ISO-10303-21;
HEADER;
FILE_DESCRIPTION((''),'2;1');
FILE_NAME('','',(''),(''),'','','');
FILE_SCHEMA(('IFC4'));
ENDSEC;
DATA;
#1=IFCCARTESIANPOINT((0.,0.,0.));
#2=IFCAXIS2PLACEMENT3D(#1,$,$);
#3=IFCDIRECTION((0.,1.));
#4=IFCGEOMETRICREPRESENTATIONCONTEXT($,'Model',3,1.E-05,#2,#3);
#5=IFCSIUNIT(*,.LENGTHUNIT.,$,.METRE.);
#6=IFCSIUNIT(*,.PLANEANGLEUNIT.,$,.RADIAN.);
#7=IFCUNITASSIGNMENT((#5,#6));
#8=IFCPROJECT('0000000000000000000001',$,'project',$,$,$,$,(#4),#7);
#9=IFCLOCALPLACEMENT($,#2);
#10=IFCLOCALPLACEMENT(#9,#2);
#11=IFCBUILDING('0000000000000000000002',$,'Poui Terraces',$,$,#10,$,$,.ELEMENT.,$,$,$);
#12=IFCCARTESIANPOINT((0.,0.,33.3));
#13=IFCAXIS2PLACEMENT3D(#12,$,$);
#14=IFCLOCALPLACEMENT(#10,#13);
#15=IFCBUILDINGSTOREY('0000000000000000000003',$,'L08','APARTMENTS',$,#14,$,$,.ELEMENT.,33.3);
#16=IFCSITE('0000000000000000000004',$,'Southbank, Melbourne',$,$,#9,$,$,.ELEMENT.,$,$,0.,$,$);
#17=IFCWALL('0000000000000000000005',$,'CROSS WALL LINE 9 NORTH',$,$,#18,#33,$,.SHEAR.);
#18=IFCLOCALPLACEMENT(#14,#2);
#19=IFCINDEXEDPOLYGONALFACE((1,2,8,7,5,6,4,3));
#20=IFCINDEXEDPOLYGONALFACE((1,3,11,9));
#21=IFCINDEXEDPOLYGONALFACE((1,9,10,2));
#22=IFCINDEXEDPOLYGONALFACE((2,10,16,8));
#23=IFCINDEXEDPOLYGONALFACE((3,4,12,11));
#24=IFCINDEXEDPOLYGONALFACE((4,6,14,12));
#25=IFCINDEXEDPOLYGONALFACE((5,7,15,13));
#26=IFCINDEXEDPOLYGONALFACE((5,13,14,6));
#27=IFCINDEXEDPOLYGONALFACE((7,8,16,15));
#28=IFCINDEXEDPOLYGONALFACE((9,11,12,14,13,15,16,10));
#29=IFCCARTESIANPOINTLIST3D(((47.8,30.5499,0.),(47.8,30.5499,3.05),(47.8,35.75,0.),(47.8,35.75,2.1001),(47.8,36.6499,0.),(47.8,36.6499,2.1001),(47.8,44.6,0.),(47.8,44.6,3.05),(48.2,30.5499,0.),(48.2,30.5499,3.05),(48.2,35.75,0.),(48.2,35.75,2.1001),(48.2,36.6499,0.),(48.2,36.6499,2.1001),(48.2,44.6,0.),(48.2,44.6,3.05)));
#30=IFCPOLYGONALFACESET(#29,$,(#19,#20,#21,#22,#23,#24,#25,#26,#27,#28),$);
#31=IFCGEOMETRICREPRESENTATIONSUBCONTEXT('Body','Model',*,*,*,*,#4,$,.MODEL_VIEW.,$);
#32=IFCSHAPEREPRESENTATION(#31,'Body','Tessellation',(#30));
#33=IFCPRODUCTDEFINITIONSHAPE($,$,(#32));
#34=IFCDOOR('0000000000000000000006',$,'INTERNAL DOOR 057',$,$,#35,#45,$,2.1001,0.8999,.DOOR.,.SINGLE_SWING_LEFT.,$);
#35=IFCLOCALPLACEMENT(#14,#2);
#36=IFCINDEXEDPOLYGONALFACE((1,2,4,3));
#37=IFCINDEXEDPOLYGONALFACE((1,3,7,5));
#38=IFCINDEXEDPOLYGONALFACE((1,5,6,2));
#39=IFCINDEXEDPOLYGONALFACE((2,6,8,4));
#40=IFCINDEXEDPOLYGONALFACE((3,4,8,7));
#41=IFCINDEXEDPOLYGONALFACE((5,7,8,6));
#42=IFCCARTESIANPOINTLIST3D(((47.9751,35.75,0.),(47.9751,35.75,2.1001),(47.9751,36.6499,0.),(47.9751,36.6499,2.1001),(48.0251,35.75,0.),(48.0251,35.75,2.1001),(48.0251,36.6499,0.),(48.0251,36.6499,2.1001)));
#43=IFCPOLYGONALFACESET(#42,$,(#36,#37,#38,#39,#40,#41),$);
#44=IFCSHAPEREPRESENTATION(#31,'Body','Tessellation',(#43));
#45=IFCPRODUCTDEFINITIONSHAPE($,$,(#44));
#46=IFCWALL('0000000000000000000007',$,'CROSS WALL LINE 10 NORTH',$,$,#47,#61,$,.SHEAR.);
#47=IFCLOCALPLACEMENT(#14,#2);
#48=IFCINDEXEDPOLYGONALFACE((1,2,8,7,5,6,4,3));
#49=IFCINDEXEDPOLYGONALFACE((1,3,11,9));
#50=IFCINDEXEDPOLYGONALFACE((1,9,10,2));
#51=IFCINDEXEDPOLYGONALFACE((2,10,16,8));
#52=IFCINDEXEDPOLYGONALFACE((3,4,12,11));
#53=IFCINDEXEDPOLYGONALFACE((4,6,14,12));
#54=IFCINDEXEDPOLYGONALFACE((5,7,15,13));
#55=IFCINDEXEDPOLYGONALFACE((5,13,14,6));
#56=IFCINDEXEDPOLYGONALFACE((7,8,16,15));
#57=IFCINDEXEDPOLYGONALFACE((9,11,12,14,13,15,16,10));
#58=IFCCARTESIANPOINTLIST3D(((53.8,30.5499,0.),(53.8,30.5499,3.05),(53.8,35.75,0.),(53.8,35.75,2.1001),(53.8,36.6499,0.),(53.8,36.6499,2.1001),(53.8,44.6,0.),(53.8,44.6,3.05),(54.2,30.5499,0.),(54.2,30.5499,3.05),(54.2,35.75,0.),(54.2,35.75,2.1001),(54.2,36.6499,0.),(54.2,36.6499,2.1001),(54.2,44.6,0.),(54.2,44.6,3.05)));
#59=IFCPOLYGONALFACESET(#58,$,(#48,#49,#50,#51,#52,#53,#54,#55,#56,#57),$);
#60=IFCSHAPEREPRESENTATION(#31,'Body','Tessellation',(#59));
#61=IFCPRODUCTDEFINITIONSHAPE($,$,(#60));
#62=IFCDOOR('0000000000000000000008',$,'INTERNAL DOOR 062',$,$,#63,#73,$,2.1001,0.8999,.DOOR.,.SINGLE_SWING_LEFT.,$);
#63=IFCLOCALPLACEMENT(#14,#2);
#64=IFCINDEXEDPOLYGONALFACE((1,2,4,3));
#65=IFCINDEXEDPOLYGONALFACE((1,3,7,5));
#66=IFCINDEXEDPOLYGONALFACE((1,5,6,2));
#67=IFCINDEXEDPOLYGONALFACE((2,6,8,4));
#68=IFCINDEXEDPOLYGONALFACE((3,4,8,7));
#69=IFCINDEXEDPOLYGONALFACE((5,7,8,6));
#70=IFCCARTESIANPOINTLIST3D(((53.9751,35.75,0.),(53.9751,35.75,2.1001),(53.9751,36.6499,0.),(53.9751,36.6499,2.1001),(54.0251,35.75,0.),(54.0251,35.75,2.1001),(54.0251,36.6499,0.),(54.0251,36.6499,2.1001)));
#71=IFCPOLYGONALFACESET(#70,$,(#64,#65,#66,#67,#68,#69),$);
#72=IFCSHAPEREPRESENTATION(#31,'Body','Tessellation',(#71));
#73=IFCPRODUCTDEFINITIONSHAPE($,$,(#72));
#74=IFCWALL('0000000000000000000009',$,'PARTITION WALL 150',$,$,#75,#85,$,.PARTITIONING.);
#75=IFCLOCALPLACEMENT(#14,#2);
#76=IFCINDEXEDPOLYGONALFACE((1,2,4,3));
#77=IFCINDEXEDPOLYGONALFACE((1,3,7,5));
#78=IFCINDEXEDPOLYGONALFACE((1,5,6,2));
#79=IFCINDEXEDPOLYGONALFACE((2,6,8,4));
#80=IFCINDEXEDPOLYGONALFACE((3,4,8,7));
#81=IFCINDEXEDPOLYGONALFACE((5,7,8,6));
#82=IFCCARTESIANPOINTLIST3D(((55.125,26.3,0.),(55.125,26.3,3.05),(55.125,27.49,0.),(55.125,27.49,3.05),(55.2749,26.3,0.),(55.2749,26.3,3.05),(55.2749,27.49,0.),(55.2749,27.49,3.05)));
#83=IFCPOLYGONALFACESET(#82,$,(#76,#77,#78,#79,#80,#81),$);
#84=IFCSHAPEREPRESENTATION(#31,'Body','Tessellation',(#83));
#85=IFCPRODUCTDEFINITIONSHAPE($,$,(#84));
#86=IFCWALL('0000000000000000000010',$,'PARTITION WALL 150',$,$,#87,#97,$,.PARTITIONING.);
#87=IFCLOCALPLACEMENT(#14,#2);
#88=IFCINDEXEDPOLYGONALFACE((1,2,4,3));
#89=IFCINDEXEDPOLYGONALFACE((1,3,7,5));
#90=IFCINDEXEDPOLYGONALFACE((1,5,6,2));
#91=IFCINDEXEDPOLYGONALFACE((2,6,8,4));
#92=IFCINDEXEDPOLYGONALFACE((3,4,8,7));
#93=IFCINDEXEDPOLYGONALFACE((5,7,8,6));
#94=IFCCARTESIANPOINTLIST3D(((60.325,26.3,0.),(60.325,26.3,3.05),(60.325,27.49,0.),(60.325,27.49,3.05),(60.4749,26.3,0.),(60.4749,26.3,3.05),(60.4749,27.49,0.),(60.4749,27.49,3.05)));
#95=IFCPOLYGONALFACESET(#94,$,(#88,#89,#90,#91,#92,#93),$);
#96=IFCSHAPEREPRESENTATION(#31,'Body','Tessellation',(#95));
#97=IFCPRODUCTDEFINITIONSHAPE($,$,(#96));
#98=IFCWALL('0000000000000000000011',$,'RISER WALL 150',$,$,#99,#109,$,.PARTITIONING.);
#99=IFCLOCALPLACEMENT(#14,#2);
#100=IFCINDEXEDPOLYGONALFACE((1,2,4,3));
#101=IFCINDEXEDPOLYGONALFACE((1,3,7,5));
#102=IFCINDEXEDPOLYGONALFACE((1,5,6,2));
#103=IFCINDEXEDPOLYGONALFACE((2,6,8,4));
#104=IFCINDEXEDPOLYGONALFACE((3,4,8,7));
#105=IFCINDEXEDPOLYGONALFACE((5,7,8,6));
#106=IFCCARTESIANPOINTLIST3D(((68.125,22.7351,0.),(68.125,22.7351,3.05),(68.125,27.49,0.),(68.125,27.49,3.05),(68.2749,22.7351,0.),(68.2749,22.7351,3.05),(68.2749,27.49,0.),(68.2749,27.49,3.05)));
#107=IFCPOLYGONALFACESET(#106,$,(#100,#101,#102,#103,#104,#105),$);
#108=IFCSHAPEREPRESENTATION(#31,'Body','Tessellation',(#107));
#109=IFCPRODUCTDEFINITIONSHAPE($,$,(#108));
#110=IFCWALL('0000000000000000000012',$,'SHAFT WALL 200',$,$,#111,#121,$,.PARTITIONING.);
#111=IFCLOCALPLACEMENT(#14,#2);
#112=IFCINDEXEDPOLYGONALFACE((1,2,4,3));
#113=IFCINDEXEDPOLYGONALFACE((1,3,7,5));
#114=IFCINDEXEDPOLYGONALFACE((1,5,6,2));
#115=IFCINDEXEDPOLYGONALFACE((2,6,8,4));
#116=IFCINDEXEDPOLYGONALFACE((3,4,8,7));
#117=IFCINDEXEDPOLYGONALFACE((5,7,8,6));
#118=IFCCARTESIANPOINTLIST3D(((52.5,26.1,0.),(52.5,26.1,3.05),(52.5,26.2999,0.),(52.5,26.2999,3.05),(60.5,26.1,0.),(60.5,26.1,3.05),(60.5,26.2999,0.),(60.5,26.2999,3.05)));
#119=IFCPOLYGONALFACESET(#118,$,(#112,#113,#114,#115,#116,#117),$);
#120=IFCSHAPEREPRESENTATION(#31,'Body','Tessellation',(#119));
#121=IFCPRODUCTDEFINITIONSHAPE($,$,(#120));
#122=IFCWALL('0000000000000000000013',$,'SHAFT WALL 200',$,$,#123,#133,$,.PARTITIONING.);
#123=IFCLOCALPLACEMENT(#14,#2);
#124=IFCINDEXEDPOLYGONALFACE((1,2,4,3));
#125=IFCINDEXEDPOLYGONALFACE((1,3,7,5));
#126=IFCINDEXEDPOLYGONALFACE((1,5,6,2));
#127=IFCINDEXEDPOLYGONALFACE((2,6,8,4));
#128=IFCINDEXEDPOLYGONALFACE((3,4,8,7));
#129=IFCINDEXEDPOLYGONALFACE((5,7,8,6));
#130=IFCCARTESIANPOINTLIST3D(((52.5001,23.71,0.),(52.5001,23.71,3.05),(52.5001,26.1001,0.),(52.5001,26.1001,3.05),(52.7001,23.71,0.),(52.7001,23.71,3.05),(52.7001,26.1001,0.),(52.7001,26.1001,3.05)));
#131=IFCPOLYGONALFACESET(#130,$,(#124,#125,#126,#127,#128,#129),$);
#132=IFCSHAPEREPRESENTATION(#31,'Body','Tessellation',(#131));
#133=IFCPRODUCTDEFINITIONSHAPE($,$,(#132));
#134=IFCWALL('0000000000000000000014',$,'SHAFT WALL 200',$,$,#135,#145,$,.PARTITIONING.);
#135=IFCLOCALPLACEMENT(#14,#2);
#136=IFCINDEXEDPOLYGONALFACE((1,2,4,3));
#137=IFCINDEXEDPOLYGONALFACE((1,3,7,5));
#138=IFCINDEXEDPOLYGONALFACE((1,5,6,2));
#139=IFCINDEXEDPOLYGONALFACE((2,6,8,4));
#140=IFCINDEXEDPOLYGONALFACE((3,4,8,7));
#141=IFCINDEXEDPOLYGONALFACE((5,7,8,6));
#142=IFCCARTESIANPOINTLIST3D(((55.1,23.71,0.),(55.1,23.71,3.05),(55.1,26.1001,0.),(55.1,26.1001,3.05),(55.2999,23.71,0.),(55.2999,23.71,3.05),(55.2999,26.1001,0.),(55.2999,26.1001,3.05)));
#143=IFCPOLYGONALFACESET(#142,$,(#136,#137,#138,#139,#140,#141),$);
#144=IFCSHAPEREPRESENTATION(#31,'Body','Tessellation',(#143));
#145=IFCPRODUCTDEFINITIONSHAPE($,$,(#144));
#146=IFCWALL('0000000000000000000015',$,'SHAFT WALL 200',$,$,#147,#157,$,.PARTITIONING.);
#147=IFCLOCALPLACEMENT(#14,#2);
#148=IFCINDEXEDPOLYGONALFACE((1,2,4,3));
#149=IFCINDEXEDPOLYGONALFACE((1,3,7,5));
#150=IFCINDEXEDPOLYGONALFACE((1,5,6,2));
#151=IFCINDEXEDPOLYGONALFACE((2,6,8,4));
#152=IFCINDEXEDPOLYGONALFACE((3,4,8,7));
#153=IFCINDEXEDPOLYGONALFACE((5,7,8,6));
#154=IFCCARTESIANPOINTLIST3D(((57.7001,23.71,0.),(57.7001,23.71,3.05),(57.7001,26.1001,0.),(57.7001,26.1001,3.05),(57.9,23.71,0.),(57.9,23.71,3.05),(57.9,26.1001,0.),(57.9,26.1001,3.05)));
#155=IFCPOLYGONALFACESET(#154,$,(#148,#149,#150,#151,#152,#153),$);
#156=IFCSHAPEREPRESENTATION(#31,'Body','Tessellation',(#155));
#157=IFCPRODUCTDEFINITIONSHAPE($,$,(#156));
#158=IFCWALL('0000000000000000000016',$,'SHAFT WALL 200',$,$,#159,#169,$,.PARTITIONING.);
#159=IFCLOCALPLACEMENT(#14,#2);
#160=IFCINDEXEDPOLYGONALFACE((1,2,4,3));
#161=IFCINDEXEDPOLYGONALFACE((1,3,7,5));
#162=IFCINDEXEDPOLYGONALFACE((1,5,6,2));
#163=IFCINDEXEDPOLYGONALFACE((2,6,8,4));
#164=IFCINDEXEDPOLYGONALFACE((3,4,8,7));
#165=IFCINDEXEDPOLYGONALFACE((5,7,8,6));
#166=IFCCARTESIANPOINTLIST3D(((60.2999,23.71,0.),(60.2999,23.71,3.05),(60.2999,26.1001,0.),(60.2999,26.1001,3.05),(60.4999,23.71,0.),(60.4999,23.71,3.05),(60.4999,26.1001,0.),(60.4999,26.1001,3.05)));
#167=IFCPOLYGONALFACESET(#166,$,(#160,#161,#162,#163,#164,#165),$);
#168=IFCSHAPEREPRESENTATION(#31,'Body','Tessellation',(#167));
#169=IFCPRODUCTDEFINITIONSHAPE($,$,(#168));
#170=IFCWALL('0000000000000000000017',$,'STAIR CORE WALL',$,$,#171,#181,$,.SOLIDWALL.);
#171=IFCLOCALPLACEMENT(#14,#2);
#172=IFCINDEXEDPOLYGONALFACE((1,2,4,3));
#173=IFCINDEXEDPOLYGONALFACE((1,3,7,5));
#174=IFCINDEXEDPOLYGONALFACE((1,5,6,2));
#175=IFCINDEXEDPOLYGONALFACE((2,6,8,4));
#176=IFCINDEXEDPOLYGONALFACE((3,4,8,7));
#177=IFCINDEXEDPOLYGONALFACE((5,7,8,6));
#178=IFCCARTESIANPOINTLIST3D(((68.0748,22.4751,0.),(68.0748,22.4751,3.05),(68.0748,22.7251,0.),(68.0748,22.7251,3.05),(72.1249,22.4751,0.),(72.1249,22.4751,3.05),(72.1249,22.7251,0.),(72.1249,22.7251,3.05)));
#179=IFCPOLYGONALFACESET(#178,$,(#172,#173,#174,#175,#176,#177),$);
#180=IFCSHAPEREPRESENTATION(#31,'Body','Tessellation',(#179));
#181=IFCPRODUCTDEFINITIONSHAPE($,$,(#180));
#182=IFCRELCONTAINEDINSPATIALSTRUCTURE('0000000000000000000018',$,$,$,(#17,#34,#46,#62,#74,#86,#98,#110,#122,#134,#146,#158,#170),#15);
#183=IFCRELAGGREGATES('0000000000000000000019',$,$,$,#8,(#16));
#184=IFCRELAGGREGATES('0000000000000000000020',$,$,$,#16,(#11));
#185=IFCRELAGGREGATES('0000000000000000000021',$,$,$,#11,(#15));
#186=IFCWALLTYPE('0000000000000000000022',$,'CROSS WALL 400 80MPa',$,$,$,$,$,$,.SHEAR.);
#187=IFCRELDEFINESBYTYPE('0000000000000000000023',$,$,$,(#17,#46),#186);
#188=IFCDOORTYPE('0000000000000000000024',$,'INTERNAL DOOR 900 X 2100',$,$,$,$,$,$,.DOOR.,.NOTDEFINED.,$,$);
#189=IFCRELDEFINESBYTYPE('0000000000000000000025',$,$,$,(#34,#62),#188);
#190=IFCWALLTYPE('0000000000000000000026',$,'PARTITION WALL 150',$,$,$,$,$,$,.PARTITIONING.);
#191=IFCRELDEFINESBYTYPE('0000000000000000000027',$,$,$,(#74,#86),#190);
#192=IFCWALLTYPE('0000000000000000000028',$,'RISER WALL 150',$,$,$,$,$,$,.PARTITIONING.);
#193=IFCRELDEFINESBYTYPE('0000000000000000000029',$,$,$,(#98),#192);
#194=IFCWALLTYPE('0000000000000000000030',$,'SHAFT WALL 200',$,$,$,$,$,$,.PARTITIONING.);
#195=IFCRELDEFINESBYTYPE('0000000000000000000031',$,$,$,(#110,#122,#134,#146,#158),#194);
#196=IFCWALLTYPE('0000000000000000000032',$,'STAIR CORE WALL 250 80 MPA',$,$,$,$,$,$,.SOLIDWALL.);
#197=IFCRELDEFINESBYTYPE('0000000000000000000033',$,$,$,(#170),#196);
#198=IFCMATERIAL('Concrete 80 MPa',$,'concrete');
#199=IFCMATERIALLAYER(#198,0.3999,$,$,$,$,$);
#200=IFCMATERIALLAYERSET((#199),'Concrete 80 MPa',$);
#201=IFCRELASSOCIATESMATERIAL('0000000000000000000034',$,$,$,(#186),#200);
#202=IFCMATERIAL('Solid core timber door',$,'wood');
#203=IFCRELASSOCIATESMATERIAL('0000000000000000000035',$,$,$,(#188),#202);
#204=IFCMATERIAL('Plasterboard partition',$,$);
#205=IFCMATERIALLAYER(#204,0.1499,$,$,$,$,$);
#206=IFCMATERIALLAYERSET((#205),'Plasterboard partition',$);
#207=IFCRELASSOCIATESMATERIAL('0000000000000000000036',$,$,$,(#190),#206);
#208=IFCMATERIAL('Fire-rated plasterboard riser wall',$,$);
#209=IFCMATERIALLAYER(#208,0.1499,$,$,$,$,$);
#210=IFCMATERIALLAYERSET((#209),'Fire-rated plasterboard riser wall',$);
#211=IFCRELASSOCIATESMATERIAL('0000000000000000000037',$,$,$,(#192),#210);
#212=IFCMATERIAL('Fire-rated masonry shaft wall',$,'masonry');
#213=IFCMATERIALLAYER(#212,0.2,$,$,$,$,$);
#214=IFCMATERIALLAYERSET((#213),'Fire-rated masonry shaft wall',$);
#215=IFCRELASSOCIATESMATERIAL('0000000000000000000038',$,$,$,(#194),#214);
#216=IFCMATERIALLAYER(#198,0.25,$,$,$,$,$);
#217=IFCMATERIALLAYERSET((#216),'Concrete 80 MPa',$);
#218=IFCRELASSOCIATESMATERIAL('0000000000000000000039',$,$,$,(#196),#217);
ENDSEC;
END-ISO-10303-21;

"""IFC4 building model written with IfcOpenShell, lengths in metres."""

from ifc_helpers import new_model, si_unit, direction, frame, frame_2d, origin, place, context, subcontext, project, spatial, rectangle, extrude, material, layer, layer_set, type_object, element, fill, save


model = new_model("IFC4")

# Units and contexts
model_context = context("Model", 3, precision=1e-05, world=origin(), true_north=direction((0.0, 1.0)))
body_context = subcontext(model_context, "Body", "Model", "MODEL_VIEW")
ifc_project = project(units=[si_unit("LENGTHUNIT", "METRE"), si_unit("PLANEANGLEUNIT", "RADIAN")], contexts=[model_context])

# Site, building, storey
site_placement = place(None, origin())
site = spatial("IfcSite", under=ifc_project, at=site_placement, Name="Southbank, Melbourne", CompositionType="ELEMENT", RefElevation=0.0)
building_placement = place(site_placement, origin())
building = spatial("IfcBuilding", under=site, at=building_placement, Name="Poui Terraces", CompositionType="ELEMENT")
storey_placement = place(building_placement, frame((0.0, 0.0, 33.3)))
storey = spatial("IfcBuildingStorey", under=building, at=storey_placement, Name="L08", Description="APARTMENTS", CompositionType="ELEMENT", Elevation=33.3)

# Shared definitions
ifc_material_1 = material(Name="Concrete 80 MPa", Category="concrete")

# Walls, openings, doors
ifc_layer_1 = layer(ifc_material_1, 0.3999)
ifc_layer_set_1 = layer_set([ifc_layer_1], Name="Concrete 80 MPa")
wall_type_1 = type_object("IfcWallType", Name="CROSS WALL 400 80MPa", PredefinedType="SHEAR", material=ifc_layer_set_1)
wall_1_placement = place(storey_placement, frame((48.0, 30.55, 0.0), z_axis=(0.0, 0.0, 1.0), x_axis=(0.0, 1.0, 0.0)))
wall_1 = element("IfcWall", 1, at=wall_1_placement, inside=storey, type_object=wall_type_1, Name="CROSS WALL LINE 9 NORTH", PredefinedType="SHEAR", context=body_context, shape_type="SweptSolid", body=[
    extrude(rectangle(XDim=14.05, YDim=0.3999, at=frame_2d((7.0249, 0.0))), origin(), (0.0, 0.0, 1.0), 3.05),
])
opening_1_placement = place(wall_1_placement, frame((5.2, 0.0, 0.0)))
opening_1 = element("IfcOpeningElement", 2, at=opening_1_placement, cuts=wall_1, PredefinedType="OPENING", context=body_context, shape_type="SweptSolid", body=[
    extrude(rectangle(XDim=0.8999, YDim=2.1001, at=frame_2d((0.45, 1.05))), frame((0.0, 0.21, 0.0), z_axis=(0.0, -1.0, 0.0), x_axis=(1.0, 0.0, 0.0)), (0.0, 0.0, 1.0), 0.4199),
])
ifc_material_2 = material(Name="Solid core timber door", Category="wood")
door_type_1 = type_object("IfcDoorType", Name="INTERNAL DOOR 900 X 2100", OperationType="NOTDEFINED", PredefinedType="DOOR", material=ifc_material_2)
door_1_placement = place(opening_1_placement, origin())
door_1 = element("IfcDoor", 3, at=door_1_placement, inside=storey, type_object=door_type_1, Name="INTERNAL DOOR 057", OperationType="SINGLE_SWING_LEFT", OverallHeight=2.1001, OverallWidth=0.8999, PredefinedType="DOOR", context=body_context, shape_type="SweptSolid", body=[
    extrude(rectangle(XDim=0.8999, YDim=2.1001, at=frame_2d((0.45, 1.05))), frame((0.0, 0.0249, 0.0), z_axis=(0.0, -1.0, 0.0), x_axis=(1.0, 0.0, 0.0)), (0.0, 0.0, 1.0), 0.05),
])
fill(opening_1, door_1)
wall_2_placement = place(storey_placement, frame((54.0, 30.55, 0.0), z_axis=(0.0, 0.0, 1.0), x_axis=(0.0, 1.0, 0.0)))
wall_2 = element("IfcWall", 4, at=wall_2_placement, inside=storey, type_object=wall_type_1, Name="CROSS WALL LINE 10 NORTH", PredefinedType="SHEAR", context=body_context, shape_type="SweptSolid", body=[
    extrude(rectangle(XDim=14.05, YDim=0.3999, at=frame_2d((7.0249, 0.0))), origin(), (0.0, 0.0, 1.0), 3.05),
])
opening_2_placement = place(wall_2_placement, frame((5.2, 0.0, 0.0)))
opening_2 = element("IfcOpeningElement", 5, at=opening_2_placement, cuts=wall_2, PredefinedType="OPENING", context=body_context, shape_type="SweptSolid", body=[
    extrude(rectangle(XDim=0.8999, YDim=2.1001, at=frame_2d((0.45, 1.05))), frame((0.0, 0.21, 0.0), z_axis=(0.0, -1.0, 0.0), x_axis=(1.0, 0.0, 0.0)), (0.0, 0.0, 1.0), 0.4199),
])
door_2_placement = place(opening_2_placement, origin())
door_2 = element("IfcDoor", 6, at=door_2_placement, inside=storey, type_object=door_type_1, Name="INTERNAL DOOR 062", OperationType="SINGLE_SWING_LEFT", OverallHeight=2.1001, OverallWidth=0.8999, PredefinedType="DOOR", context=body_context, shape_type="SweptSolid", body=[
    extrude(rectangle(XDim=0.8999, YDim=2.1001, at=frame_2d((0.45, 1.05))), frame((0.0, 0.0249, 0.0), z_axis=(0.0, -1.0, 0.0), x_axis=(1.0, 0.0, 0.0)), (0.0, 0.0, 1.0), 0.05),
])
fill(opening_2, door_2)

# Walls
ifc_material_3 = material(Name="Plasterboard partition")
ifc_layer_2 = layer(ifc_material_3, 0.1499)
ifc_layer_set_2 = layer_set([ifc_layer_2], Name="Plasterboard partition")
wall_type_2 = type_object("IfcWallType", Name="PARTITION WALL 150", PredefinedType="PARTITIONING", material=ifc_layer_set_2)
for number, where, z_axis, x_axis, name in (
    (7, (55.2, 26.3, 0.0), (0.0, 0.0, 1.0), (0.0, 1.0, 0.0), "PARTITION WALL 150"),
    (8, (60.3999, 26.3, 0.0), (0.0, 0.0, 1.0), (0.0, 1.0, 0.0), "PARTITION WALL 150"),
):
    element("IfcWall", number, at=place(storey_placement, frame(where, z_axis=z_axis, x_axis=x_axis)), inside=storey, type_object=wall_type_2, Name=name, PredefinedType="PARTITIONING", context=body_context, shape_type="SweptSolid", body=[
        extrude(rectangle(XDim=1.1899, YDim=0.1499, at=frame_2d((0.595, 0.0))), origin(), (0.0, 0.0, 1.0), 3.05),
    ])
ifc_material_4 = material(Name="Fire-rated plasterboard riser wall")
ifc_layer_3 = layer(ifc_material_4, 0.1499)
ifc_layer_set_3 = layer_set([ifc_layer_3], Name="Fire-rated plasterboard riser wall")
wall_type_3 = type_object("IfcWallType", Name="RISER WALL 150", PredefinedType="PARTITIONING", material=ifc_layer_set_3)
wall_3_placement = place(storey_placement, frame((68.2, 22.7351, 0.0), z_axis=(0.0, 0.0, 1.0), x_axis=(0.0, 1.0, 0.0)))
element("IfcWall", 9, at=wall_3_placement, inside=storey, type_object=wall_type_3, Name="RISER WALL 150", PredefinedType="PARTITIONING", context=body_context, shape_type="SweptSolid", body=[
    extrude(rectangle(XDim=4.7549, YDim=0.1499, at=frame_2d((2.3774, 0.0))), origin(), (0.0, 0.0, 1.0), 3.05),
])
ifc_material_5 = material(Name="Fire-rated masonry shaft wall", Category="masonry")
ifc_layer_4 = layer(ifc_material_5, 0.2)
ifc_layer_set_4 = layer_set([ifc_layer_4], Name="Fire-rated masonry shaft wall")
wall_type_4 = type_object("IfcWallType", Name="SHAFT WALL 200", PredefinedType="PARTITIONING", material=ifc_layer_set_4)
wall_4_placement = place(storey_placement, frame((52.5, 26.2, 0.0), z_axis=(0.0, 0.0, 1.0), x_axis=(1.0, 0.0, 0.0)))
element("IfcWall", 10, at=wall_4_placement, inside=storey, type_object=wall_type_4, Name="SHAFT WALL 200", PredefinedType="PARTITIONING", context=body_context, shape_type="SweptSolid", body=[
    extrude(rectangle(XDim=8.0, YDim=0.2, at=frame_2d((4.0, 0.0))), origin(), (0.0, 0.0, 1.0), 3.05),
])
for number, where, z_axis, x_axis, name in (
    (11, (52.6001, 23.71, 0.0), (0.0, 0.0, 1.0), (0.0, 1.0, 0.0), "SHAFT WALL 200"),
    (12, (55.2, 23.71, 0.0), (0.0, 0.0, 1.0), (0.0, 1.0, 0.0), "SHAFT WALL 200"),
    (13, (57.8, 23.71, 0.0), (0.0, 0.0, 1.0), (0.0, 1.0, 0.0), "SHAFT WALL 200"),
    (14, (60.3999, 23.71, 0.0), (0.0, 0.0, 1.0), (0.0, 1.0, 0.0), "SHAFT WALL 200"),
):
    element("IfcWall", number, at=place(storey_placement, frame(where, z_axis=z_axis, x_axis=x_axis)), inside=storey, type_object=wall_type_4, Name=name, PredefinedType="PARTITIONING", context=body_context, shape_type="SweptSolid", body=[
        extrude(rectangle(XDim=2.3901, YDim=0.2, at=frame_2d((1.1951, 0.0))), origin(), (0.0, 0.0, 1.0), 3.05),
    ])
ifc_layer_5 = layer(ifc_material_1, 0.25)
ifc_layer_set_5 = layer_set([ifc_layer_5], Name="Concrete 80 MPa")
wall_type_5 = type_object("IfcWallType", Name="STAIR CORE WALL 250 80 MPA", PredefinedType="SOLIDWALL", material=ifc_layer_set_5)
wall_5_placement = place(storey_placement, frame((68.075, 22.6001, 0.0), z_axis=(0.0, 0.0, 1.0), x_axis=(1.0, 0.0, 0.0)))
element("IfcWall", 15, at=wall_5_placement, inside=storey, type_object=wall_type_5, Name="STAIR CORE WALL", PredefinedType="SOLIDWALL", context=body_context, shape_type="SweptSolid", body=[
    extrude(rectangle(XDim=4.05, YDim=0.25, at=frame_2d((2.0249, 0.0))), origin(), (0.0, 0.0, 1.0), 3.05),
])

save(model, "model.ifc")
